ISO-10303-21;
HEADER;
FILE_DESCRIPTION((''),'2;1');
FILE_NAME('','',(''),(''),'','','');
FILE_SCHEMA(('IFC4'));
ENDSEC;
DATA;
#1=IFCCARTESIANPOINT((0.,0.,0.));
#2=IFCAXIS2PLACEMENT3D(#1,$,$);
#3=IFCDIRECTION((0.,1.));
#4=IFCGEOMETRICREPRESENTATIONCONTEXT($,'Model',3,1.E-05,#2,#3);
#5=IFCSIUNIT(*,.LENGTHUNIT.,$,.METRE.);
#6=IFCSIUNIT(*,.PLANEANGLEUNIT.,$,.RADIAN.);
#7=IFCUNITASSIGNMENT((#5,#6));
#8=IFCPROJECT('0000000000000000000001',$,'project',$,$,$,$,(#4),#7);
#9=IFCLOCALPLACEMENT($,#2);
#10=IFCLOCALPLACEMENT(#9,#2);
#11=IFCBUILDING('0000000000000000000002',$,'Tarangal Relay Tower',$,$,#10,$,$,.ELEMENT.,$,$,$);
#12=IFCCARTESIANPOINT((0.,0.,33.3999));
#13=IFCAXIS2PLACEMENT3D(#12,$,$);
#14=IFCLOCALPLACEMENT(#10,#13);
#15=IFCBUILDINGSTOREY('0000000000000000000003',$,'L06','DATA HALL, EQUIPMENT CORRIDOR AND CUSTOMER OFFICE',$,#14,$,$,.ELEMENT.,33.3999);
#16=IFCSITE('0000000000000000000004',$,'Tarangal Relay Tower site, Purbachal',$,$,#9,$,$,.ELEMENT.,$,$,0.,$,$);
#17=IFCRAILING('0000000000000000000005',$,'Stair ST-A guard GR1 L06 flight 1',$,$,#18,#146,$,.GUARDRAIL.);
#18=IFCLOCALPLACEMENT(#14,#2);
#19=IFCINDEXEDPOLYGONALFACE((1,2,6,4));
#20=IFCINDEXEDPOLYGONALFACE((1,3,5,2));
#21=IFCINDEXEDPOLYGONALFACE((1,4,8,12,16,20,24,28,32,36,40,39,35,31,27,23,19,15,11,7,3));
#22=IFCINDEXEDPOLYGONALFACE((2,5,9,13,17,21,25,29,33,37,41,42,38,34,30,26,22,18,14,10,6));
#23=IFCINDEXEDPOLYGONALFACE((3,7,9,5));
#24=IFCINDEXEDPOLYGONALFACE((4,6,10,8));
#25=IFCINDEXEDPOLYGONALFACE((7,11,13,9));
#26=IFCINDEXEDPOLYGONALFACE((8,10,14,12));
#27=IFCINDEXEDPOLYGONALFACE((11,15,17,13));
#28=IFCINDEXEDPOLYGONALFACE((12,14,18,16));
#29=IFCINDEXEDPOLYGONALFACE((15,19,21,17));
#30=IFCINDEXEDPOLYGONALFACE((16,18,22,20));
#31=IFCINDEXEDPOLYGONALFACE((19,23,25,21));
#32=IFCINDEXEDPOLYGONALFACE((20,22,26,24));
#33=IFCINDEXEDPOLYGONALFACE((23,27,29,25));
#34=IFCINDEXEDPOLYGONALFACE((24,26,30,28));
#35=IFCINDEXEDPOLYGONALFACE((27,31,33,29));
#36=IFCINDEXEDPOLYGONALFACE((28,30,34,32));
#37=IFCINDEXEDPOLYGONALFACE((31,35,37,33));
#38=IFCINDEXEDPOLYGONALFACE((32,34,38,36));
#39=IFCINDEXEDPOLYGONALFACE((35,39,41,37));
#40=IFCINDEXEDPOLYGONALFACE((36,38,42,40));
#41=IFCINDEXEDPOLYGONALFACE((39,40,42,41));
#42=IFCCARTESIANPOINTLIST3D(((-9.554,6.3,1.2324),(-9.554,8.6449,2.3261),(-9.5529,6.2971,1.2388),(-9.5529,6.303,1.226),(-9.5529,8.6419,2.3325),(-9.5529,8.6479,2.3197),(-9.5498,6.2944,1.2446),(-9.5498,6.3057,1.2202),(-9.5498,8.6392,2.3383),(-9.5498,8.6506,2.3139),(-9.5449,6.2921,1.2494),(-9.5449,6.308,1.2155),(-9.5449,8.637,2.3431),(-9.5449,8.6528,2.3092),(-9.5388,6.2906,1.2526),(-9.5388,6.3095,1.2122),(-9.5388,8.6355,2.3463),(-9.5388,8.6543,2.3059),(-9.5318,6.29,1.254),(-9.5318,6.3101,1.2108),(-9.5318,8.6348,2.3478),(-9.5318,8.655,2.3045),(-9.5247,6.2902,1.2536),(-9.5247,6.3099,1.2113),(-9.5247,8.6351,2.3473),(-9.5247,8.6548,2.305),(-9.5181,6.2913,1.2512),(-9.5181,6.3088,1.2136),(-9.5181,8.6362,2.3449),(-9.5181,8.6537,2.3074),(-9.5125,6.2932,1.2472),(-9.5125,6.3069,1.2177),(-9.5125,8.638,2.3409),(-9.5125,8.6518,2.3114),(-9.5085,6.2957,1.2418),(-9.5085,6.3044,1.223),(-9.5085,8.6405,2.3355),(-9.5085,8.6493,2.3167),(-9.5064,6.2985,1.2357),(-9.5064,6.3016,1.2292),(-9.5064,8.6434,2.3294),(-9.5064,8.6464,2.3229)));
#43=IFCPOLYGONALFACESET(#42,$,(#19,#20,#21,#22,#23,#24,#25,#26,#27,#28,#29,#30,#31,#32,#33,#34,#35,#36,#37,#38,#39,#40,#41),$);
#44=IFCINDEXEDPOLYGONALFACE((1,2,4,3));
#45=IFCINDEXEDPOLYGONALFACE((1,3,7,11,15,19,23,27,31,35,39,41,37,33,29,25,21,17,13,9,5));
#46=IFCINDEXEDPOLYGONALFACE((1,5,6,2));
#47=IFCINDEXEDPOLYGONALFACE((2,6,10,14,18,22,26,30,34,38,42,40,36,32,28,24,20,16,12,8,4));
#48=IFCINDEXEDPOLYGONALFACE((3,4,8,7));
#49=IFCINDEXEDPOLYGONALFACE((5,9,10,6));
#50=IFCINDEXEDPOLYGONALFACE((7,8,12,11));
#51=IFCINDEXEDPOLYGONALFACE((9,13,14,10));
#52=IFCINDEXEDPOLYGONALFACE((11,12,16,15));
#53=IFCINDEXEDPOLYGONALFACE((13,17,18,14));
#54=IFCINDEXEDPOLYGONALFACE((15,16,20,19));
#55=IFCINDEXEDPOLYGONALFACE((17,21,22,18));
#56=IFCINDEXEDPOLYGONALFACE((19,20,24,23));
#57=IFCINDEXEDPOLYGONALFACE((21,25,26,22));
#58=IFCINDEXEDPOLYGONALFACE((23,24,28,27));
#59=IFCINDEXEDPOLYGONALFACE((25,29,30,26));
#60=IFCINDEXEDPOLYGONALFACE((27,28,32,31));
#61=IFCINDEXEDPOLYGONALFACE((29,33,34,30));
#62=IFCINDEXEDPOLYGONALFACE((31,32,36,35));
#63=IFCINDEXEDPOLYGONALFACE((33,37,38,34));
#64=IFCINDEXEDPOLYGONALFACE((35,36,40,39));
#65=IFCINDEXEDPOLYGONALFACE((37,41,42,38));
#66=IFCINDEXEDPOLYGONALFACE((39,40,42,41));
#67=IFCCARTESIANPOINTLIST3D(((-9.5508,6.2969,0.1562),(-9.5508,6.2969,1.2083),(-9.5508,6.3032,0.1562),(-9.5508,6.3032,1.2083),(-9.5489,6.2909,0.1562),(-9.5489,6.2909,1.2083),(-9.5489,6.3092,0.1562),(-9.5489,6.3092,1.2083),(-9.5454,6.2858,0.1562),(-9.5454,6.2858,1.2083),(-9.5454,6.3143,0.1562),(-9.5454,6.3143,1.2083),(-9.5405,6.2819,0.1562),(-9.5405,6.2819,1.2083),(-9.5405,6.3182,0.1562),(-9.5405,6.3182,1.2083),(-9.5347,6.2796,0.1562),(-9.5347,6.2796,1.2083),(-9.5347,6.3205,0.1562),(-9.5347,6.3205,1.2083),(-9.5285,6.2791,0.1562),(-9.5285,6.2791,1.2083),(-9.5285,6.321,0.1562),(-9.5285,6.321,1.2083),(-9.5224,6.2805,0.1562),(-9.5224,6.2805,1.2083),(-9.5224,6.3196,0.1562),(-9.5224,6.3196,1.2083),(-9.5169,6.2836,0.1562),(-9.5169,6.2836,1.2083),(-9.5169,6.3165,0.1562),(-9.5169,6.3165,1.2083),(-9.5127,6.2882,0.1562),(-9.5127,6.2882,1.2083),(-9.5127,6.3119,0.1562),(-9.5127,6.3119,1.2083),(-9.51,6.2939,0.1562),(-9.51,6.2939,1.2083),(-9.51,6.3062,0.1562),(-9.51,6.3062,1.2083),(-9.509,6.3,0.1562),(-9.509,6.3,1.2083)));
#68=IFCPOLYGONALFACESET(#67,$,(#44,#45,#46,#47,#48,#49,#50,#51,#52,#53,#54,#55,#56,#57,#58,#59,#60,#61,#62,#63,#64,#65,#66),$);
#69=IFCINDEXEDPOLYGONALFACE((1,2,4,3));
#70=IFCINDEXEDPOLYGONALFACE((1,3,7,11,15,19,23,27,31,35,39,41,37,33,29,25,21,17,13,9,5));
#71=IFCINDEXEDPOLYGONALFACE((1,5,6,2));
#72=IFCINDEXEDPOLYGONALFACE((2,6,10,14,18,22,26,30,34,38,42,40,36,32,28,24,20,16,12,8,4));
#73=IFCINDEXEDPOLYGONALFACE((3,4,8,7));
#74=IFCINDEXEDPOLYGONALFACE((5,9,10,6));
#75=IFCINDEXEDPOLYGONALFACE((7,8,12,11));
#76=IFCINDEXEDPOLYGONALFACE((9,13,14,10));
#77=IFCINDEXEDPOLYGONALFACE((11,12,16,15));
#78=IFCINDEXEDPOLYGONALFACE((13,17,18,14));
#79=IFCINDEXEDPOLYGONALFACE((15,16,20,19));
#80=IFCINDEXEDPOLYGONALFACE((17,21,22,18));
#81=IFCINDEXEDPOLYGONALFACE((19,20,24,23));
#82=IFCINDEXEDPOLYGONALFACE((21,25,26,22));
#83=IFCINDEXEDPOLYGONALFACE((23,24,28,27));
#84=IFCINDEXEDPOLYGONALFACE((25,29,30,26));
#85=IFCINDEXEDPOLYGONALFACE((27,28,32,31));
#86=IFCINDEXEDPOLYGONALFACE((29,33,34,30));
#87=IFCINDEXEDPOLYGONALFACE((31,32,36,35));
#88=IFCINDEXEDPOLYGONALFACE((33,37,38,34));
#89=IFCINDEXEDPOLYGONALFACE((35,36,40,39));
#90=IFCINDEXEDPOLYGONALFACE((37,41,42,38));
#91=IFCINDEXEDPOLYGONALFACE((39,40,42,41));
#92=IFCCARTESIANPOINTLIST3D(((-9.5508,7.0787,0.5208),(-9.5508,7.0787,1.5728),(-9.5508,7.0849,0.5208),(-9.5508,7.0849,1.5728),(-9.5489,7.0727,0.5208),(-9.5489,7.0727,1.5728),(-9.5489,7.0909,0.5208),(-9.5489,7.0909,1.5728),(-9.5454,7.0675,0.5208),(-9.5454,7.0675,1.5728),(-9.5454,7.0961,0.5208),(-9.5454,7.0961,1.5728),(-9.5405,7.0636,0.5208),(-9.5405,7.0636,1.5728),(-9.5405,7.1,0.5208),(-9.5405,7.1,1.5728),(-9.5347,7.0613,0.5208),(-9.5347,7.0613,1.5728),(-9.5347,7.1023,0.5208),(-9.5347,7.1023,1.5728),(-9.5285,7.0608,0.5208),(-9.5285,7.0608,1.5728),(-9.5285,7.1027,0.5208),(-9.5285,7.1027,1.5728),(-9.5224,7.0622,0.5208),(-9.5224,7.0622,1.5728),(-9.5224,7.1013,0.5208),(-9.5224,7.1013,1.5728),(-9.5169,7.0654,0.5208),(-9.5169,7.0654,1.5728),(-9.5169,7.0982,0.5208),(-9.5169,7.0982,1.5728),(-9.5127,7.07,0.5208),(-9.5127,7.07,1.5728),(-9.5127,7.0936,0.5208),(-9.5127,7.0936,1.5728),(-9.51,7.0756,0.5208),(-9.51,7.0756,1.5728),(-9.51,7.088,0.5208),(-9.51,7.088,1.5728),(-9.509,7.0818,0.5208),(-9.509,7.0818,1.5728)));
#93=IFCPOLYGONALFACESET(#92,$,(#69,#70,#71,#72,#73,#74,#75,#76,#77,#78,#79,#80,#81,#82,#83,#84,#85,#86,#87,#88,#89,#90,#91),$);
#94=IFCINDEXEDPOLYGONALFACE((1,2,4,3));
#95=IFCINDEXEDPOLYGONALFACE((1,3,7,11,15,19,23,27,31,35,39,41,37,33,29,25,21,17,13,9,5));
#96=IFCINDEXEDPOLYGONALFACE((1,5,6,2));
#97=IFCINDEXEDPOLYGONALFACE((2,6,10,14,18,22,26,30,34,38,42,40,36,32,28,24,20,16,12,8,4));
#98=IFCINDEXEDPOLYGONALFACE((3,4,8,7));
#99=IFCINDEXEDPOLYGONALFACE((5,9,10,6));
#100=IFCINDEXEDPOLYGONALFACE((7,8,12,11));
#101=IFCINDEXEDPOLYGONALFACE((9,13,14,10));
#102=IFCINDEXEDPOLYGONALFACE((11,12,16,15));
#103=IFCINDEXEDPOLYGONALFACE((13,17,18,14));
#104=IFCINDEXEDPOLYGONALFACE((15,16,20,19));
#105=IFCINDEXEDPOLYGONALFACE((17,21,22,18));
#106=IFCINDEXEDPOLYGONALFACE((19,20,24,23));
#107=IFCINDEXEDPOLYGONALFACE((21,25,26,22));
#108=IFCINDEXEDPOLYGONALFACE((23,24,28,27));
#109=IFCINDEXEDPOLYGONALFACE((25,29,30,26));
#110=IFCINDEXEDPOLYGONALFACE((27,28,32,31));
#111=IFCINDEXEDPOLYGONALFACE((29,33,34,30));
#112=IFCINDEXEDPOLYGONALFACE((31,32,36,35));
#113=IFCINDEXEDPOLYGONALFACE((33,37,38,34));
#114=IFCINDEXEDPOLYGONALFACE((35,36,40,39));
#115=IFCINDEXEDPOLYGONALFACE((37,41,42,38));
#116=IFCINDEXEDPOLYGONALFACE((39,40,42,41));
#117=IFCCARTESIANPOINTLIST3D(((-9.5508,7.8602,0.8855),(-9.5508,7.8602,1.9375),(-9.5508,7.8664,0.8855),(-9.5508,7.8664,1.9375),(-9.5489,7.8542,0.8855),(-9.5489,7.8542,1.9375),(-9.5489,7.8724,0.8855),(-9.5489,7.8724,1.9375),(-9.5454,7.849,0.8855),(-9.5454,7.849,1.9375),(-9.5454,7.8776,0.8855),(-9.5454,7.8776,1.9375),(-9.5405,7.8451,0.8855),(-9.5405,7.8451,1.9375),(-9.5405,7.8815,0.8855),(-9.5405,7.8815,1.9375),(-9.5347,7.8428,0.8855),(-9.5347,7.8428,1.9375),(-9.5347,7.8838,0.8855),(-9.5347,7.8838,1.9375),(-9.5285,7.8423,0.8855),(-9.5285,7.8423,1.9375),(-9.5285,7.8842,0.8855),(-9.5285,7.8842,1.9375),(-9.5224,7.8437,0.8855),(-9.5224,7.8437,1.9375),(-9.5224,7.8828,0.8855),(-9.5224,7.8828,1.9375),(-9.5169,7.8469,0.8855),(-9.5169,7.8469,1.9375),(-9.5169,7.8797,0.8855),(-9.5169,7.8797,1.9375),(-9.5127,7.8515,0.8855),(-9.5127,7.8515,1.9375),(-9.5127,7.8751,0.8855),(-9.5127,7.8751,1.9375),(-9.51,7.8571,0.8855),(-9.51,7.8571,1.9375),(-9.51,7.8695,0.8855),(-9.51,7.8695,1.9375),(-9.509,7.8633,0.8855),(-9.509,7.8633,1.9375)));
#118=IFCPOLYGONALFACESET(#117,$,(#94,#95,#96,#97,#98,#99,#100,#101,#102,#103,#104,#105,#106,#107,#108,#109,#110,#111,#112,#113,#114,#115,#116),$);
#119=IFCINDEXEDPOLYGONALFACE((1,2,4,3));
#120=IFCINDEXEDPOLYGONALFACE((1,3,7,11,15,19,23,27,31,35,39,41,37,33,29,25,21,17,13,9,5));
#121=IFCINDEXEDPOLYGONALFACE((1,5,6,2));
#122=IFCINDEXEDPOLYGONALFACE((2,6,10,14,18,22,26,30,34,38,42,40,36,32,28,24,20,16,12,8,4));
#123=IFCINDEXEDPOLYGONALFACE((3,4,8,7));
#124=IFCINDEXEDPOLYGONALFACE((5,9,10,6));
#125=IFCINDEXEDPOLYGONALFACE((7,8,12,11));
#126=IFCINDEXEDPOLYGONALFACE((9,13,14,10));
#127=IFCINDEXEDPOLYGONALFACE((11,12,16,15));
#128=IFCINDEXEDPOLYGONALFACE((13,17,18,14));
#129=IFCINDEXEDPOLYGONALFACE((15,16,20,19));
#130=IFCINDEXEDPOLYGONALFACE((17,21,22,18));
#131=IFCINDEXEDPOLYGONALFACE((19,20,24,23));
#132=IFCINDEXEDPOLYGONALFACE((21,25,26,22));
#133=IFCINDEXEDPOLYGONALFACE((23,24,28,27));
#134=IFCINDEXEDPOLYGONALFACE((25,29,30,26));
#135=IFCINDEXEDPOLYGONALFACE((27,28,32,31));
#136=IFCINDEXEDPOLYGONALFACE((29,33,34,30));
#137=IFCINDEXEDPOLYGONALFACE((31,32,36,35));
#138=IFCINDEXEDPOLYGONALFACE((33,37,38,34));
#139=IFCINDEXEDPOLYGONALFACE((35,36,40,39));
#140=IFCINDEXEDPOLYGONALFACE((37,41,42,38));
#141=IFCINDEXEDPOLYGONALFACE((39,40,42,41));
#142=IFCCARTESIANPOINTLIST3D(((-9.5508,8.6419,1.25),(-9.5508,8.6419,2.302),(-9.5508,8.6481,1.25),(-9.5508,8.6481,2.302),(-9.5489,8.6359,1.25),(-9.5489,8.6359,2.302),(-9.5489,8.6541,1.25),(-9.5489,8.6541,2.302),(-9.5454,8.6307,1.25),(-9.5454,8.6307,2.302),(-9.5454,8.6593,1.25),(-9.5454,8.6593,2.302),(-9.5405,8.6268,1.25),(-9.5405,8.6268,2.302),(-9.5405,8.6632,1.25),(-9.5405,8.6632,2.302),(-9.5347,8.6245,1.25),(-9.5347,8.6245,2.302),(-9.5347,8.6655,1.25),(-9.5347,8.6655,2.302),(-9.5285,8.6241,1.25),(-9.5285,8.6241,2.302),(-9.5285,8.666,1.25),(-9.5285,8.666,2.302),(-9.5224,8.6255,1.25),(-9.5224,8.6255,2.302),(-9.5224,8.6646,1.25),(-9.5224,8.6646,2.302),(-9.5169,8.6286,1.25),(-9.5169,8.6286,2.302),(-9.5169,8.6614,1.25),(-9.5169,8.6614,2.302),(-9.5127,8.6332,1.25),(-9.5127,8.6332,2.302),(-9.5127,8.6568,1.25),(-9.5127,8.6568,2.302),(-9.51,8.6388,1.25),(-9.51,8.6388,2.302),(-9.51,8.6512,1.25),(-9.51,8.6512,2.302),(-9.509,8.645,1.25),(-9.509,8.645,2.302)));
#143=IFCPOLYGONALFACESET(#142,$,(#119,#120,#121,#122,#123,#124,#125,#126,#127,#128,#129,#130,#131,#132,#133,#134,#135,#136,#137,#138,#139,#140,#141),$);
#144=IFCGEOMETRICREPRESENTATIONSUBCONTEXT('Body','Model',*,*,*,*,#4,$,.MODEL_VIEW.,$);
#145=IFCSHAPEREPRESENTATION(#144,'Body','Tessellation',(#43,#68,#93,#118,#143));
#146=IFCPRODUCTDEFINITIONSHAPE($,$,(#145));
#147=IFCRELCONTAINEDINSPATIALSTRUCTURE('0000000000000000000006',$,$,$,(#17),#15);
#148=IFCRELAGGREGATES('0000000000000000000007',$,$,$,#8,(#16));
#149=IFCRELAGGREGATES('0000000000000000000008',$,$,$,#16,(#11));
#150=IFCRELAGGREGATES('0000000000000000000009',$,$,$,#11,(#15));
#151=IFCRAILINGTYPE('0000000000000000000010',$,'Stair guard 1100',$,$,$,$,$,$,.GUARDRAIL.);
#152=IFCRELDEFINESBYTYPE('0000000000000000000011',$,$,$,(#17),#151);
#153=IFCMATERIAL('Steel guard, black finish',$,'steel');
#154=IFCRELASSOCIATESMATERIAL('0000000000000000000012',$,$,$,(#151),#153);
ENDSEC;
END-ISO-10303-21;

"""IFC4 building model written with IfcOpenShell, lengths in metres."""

from ifc_helpers import new_model, si_unit, direction, frame, origin, origin_2d, place, context, subcontext, project, spatial, circle, extrude, material, type_object, element, save


model = new_model("IFC4")

# Units and contexts
model_context = context("Model", 3, precision=1e-05, world=origin(), true_north=direction((0.0, 1.0)))
body_context = subcontext(model_context, "Body", "Model", "MODEL_VIEW")
ifc_project = project(units=[si_unit("LENGTHUNIT", "METRE"), si_unit("PLANEANGLEUNIT", "RADIAN")], contexts=[model_context])

# Site, building, storey
site_placement = place(None, origin())
site = spatial("IfcSite", under=ifc_project, at=site_placement, Name="Tarangal Relay Tower site, Purbachal", CompositionType="ELEMENT", RefElevation=0.0)
building_placement = place(site_placement, origin())
building = spatial("IfcBuilding", under=site, at=building_placement, Name="Tarangal Relay Tower", CompositionType="ELEMENT")
storey_placement = place(building_placement, frame((0.0, 0.0, 33.3999)))
storey = spatial("IfcBuildingStorey", under=building, at=storey_placement, Name="L06", Description="DATA HALL, EQUIPMENT CORRIDOR AND CUSTOMER OFFICE", CompositionType="ELEMENT", Elevation=33.3999)

# Railing
ifc_material_1 = material(Name="Steel guard, black finish", Category="steel")
railing_type_1 = type_object("IfcRailingType", Name="Stair guard 1100", PredefinedType="GUARDRAIL", material=ifc_material_1)
railing_placement = place(storey_placement, frame((-9.53, 6.3, 0.1562)))
element("IfcRailing", 1, at=railing_placement, inside=storey, type_object=railing_type_1, Name="Stair ST-A guard GR1 L06 flight 1", PredefinedType="GUARDRAIL", context=body_context, shape_type="SweptSolid", body=[
    extrude(circle(Radius=0.0239, at=origin_2d()), frame((0.0, 0.0, 1.0762), z_axis=(0.0, 0.906267, 0.422705), x_axis=(-1.0, 0.0, 0.0)), (0.0, 0.0, 1.0), 2.5874),
    extrude(circle(Radius=0.021, at=origin_2d()), origin(), (0.0, 0.0, 1.0), 1.052),
    extrude(circle(Radius=0.021, at=origin_2d()), frame((0.0, 0.7817, 0.3645)), (0.0, 0.0, 1.0), 1.052),
    extrude(circle(Radius=0.021, at=origin_2d()), frame((0.0, 1.5632, 0.7292)), (0.0, 0.0, 1.0), 1.052),
    extrude(circle(Radius=0.021, at=origin_2d()), frame((0.0, 2.345, 1.0938)), (0.0, 0.0, 1.0), 1.052),
])

save(model, "model.ifc")
